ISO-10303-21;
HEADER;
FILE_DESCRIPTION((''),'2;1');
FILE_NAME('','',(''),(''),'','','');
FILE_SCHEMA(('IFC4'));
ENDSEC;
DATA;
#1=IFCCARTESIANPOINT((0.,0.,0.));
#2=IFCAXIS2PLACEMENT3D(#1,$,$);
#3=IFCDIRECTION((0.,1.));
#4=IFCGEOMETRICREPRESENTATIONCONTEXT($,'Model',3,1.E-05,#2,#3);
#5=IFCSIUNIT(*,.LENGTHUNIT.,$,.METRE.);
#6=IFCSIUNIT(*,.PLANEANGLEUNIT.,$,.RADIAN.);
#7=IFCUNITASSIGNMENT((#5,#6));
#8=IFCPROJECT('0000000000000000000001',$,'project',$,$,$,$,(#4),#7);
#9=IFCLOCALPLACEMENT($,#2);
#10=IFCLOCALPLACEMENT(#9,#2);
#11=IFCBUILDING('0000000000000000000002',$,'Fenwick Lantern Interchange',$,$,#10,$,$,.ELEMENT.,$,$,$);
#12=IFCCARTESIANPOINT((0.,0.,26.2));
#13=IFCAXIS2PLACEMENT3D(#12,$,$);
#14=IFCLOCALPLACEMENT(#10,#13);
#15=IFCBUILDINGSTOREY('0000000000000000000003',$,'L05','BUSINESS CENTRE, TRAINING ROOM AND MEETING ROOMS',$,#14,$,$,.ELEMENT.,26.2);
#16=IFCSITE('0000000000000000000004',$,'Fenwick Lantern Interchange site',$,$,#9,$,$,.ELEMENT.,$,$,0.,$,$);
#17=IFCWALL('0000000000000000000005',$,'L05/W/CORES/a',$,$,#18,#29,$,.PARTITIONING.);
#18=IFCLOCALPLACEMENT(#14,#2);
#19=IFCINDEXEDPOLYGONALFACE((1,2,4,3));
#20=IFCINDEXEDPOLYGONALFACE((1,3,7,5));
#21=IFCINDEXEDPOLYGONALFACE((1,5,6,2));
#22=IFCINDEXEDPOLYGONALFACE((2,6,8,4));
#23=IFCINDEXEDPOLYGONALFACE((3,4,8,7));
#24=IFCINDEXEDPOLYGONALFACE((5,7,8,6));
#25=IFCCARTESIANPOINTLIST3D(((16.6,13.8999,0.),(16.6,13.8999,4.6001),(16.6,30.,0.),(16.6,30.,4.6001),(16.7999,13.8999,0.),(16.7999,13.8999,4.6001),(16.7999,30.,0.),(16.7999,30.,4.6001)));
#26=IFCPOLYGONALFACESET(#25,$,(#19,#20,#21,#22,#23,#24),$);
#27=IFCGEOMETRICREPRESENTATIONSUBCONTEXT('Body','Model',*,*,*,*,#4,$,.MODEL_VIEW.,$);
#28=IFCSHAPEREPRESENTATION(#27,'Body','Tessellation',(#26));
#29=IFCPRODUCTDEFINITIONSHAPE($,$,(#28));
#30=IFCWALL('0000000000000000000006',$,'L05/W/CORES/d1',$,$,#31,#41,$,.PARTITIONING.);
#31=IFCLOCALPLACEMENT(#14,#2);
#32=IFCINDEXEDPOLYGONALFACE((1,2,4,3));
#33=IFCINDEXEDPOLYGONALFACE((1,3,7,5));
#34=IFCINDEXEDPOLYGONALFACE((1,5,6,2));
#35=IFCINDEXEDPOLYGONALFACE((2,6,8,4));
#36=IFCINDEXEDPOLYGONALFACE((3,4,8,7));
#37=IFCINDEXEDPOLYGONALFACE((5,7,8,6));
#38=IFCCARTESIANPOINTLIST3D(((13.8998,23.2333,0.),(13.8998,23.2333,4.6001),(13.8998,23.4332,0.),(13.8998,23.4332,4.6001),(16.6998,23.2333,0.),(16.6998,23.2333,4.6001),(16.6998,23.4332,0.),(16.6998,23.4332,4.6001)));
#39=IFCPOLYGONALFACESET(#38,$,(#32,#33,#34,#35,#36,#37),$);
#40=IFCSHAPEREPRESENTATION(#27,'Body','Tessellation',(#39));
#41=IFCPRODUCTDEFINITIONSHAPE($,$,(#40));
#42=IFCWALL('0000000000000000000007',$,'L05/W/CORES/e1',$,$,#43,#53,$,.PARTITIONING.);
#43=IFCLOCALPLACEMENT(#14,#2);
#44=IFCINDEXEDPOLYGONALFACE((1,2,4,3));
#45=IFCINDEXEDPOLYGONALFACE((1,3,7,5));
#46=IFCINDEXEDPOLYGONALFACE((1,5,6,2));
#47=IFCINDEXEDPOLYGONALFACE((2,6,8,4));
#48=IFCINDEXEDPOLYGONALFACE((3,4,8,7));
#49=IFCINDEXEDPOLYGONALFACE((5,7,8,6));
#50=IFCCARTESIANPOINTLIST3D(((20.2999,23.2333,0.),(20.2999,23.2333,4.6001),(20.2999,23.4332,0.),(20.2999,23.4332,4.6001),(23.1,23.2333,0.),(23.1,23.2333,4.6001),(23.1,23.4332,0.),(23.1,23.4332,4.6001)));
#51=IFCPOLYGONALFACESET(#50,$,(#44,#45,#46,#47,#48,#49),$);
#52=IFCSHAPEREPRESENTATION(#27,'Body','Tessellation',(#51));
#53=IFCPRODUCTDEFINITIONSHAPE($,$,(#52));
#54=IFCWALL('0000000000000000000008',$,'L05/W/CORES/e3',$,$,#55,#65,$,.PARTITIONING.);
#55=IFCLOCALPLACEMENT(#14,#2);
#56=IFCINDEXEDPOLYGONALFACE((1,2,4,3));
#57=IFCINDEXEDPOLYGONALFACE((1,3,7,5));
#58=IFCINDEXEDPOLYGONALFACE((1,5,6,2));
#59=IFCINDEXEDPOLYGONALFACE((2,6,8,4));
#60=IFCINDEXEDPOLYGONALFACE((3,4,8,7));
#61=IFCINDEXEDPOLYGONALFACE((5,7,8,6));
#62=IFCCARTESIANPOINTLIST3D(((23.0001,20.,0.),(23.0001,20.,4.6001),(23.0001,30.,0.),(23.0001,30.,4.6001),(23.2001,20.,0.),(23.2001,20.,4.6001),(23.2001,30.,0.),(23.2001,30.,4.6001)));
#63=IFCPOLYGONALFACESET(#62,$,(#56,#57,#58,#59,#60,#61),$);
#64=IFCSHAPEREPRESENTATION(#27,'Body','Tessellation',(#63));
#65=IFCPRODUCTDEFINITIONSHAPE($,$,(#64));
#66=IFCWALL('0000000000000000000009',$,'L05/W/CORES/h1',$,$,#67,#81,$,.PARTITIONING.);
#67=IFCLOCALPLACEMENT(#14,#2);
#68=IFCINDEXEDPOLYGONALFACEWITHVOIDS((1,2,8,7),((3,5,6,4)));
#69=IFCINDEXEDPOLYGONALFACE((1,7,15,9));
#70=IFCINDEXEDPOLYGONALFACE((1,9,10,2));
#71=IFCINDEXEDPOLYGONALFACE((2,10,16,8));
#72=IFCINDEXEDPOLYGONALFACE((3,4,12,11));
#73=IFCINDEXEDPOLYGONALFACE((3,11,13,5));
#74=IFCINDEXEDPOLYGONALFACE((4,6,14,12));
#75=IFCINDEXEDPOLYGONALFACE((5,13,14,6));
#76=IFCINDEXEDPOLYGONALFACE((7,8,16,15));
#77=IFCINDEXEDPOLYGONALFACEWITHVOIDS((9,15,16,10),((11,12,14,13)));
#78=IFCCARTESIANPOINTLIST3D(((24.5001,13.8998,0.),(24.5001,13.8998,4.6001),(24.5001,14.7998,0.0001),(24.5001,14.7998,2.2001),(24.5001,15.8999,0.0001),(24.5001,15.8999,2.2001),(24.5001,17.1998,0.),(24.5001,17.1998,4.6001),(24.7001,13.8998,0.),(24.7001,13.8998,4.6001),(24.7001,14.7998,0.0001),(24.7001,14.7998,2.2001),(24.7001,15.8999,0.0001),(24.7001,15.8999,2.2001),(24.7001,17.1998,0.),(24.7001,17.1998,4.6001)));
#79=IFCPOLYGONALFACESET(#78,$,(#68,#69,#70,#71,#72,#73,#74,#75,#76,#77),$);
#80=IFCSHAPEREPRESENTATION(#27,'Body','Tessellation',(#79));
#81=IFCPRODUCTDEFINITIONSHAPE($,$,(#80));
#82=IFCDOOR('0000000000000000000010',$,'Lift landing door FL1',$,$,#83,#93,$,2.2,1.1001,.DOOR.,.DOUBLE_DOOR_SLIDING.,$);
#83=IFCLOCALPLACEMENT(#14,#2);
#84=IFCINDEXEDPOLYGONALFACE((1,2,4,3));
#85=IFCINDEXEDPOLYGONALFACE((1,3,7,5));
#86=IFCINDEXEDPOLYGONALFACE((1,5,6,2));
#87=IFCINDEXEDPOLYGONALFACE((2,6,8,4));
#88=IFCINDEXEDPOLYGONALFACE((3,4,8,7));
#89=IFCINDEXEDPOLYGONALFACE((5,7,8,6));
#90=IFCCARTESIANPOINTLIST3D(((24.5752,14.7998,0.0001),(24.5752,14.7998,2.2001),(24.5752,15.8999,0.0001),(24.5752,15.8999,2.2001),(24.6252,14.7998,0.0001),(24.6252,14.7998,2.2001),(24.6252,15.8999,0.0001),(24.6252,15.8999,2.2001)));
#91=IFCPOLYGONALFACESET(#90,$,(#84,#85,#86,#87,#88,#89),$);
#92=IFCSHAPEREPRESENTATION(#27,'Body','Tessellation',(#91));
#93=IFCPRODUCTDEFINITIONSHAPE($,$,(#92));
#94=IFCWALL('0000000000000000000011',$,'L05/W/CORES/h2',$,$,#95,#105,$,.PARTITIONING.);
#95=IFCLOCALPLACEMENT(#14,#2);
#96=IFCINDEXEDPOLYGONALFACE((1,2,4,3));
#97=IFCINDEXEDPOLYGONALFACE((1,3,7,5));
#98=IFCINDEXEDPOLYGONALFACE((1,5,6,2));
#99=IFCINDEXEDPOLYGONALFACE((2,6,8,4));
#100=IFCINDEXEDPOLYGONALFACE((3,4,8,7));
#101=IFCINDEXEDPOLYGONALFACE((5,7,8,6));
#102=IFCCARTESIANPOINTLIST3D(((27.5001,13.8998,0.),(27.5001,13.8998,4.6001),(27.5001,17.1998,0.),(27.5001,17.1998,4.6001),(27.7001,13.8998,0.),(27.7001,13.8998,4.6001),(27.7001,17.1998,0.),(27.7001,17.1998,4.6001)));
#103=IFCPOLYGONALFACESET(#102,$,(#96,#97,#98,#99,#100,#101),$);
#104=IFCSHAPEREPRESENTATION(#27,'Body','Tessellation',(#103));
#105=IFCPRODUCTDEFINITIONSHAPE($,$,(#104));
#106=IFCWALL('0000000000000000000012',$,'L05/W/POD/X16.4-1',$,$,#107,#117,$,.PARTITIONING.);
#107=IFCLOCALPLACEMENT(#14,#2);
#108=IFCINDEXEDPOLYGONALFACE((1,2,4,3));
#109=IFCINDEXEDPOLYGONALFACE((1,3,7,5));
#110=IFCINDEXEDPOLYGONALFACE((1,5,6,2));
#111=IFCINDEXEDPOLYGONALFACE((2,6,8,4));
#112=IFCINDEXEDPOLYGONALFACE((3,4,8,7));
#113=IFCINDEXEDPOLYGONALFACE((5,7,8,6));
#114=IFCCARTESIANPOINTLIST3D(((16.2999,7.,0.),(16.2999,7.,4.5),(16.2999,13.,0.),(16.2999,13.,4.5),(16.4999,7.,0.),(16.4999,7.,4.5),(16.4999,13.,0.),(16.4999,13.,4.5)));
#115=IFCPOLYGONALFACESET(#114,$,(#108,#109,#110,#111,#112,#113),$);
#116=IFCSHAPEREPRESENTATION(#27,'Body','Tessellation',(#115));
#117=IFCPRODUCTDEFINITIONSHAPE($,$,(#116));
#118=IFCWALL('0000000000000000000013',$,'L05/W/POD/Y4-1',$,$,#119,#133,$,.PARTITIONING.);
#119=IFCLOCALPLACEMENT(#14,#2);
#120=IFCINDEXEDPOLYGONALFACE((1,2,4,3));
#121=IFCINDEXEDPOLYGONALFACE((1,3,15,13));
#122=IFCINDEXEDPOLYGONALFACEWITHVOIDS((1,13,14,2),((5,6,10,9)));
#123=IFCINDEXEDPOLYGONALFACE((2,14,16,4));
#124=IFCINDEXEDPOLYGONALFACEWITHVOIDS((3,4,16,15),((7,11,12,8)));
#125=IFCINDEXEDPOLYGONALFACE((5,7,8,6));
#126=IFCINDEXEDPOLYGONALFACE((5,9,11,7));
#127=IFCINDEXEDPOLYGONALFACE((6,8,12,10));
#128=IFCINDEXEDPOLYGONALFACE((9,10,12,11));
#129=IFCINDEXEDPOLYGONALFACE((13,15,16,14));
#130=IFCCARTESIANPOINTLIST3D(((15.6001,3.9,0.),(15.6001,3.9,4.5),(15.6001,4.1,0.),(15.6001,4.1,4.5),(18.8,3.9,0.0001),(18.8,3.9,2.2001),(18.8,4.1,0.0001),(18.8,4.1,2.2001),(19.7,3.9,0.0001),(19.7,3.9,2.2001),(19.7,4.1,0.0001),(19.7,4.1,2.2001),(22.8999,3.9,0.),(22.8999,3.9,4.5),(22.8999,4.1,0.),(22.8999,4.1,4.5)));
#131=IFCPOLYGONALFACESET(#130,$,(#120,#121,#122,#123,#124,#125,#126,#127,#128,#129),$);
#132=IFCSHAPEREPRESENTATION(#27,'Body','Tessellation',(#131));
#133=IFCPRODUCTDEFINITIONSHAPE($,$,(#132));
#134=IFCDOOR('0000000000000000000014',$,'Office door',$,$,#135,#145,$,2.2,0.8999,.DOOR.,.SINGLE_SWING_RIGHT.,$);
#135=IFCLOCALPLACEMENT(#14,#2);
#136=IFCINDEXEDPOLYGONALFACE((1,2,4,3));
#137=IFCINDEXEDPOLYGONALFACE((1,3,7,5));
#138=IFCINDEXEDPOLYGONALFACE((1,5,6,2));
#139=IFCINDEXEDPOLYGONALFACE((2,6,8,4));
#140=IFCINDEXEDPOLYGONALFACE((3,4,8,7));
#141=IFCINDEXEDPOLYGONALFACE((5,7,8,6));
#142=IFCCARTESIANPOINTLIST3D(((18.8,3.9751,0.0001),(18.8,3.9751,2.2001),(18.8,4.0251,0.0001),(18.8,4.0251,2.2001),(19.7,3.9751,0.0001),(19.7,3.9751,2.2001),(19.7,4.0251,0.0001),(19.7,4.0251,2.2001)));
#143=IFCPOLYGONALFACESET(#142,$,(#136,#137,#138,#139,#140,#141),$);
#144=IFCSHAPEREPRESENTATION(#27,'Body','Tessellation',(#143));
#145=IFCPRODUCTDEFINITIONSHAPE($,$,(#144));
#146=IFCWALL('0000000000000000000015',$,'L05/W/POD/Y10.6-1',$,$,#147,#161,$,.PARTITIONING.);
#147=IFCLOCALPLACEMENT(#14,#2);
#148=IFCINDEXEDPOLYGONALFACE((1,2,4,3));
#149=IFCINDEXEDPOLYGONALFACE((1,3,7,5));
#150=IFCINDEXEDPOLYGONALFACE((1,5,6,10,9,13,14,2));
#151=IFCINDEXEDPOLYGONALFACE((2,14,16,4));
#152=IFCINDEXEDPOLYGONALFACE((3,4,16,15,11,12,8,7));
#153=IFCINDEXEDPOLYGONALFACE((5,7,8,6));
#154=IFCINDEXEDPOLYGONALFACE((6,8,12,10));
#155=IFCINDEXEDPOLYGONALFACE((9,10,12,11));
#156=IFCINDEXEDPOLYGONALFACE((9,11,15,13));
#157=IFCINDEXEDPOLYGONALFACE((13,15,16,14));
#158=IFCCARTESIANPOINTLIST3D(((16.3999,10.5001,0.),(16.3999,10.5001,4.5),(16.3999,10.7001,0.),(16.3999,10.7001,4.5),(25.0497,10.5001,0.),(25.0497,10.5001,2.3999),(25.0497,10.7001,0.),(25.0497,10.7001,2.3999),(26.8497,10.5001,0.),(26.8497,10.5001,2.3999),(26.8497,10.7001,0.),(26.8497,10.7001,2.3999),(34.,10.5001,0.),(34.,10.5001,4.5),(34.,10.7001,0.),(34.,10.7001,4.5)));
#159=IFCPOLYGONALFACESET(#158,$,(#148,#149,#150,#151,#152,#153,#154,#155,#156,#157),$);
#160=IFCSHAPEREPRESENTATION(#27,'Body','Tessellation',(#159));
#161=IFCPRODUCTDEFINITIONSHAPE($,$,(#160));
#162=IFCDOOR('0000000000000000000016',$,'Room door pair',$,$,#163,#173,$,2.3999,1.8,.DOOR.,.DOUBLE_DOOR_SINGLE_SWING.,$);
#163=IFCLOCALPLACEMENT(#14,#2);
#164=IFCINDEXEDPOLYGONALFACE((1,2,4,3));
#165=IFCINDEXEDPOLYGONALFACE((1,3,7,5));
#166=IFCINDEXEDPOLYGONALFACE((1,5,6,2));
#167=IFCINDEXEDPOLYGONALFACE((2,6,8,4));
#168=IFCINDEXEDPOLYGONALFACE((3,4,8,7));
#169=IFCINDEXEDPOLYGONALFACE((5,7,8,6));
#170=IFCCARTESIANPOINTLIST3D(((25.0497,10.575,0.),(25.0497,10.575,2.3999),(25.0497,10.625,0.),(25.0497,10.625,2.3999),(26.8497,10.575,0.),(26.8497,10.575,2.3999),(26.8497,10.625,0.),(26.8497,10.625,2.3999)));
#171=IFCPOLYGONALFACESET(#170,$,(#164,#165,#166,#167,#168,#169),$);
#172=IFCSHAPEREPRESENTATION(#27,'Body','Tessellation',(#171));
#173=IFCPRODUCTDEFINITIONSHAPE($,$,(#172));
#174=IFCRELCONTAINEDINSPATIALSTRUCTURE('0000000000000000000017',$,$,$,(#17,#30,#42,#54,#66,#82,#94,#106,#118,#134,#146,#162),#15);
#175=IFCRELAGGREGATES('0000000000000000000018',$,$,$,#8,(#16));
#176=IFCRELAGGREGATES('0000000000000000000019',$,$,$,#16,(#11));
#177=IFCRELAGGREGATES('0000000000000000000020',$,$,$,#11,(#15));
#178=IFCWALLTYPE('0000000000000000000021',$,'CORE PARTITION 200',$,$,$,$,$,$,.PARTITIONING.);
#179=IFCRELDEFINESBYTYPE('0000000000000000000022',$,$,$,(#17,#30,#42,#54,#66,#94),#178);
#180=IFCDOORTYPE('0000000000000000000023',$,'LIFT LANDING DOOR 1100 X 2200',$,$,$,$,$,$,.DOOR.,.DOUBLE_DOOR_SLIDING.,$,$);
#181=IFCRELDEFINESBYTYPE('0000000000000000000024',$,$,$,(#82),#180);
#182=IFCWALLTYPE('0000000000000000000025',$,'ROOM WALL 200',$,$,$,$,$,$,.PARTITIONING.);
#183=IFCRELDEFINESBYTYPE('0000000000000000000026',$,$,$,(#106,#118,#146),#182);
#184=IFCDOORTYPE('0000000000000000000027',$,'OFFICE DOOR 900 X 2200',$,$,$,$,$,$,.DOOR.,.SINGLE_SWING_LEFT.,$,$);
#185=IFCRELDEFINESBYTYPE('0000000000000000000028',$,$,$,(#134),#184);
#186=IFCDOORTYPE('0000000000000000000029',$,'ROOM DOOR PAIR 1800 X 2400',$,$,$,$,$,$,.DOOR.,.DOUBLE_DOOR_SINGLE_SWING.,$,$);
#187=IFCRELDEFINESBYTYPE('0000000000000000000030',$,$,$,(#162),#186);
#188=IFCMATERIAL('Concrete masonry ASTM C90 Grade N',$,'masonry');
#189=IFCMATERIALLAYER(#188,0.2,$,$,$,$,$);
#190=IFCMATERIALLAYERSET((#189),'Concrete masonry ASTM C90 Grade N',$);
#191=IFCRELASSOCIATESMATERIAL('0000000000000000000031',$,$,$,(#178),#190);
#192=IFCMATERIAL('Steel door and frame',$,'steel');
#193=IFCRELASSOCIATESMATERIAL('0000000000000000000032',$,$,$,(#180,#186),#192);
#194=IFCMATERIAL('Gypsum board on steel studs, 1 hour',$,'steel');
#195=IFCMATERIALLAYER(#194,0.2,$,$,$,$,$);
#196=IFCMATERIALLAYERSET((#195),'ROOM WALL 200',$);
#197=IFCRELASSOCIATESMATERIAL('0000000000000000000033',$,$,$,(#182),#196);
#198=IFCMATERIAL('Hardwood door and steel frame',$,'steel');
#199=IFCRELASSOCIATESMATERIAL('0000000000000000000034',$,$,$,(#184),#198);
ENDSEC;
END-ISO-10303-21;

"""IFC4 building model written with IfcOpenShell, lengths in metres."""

from ifc_helpers import new_model, si_unit, direction, frame, frame_2d, origin, place, context, subcontext, project, spatial, rectangle, extrude, material, layer, layer_set, type_object, element, fill, save


model = new_model("IFC4")

# Units and contexts
model_context = context("Model", 3, precision=1e-05, world=origin(), true_north=direction((0.0, 1.0)))
body_context = subcontext(model_context, "Body", "Model", "MODEL_VIEW")
ifc_project = project(units=[si_unit("LENGTHUNIT", "METRE"), si_unit("PLANEANGLEUNIT", "RADIAN")], contexts=[model_context])

# Site, building, storey
site_placement = place(None, origin())
site = spatial("IfcSite", under=ifc_project, at=site_placement, Name="Fenwick Lantern Interchange site", CompositionType="ELEMENT", RefElevation=0.0)
building_placement = place(site_placement, origin())
building = spatial("IfcBuilding", under=site, at=building_placement, Name="Fenwick Lantern Interchange", CompositionType="ELEMENT")
storey_placement = place(building_placement, frame((0.0, 0.0, 26.2)))
storey = spatial("IfcBuildingStorey", under=building, at=storey_placement, Name="L05", Description="BUSINESS CENTRE, TRAINING ROOM AND MEETING ROOMS", CompositionType="ELEMENT", Elevation=26.2)

# Walls
ifc_material_1 = material(Name="Concrete masonry ASTM C90 Grade N", Category="masonry")
ifc_layer_1 = layer(ifc_material_1, 0.2)
ifc_layer_set_1 = layer_set([ifc_layer_1], Name="Concrete masonry ASTM C90 Grade N")
wall_type_1 = type_object("IfcWallType", Name="CORE PARTITION 200", PredefinedType="PARTITIONING", material=ifc_layer_set_1)
wall_1_placement = place(storey_placement, frame((16.7, 13.8999, 0.0), z_axis=(0.0, 0.0, 1.0), x_axis=(0.0, 1.0, 0.0)))
element("IfcWall", 1, at=wall_1_placement, inside=storey, type_object=wall_type_1, Name="L05/W/CORES/a", PredefinedType="PARTITIONING", context=body_context, shape_type="SweptSolid", body=[
    extrude(rectangle(XDim=16.1001, YDim=0.2, at=frame_2d((8.05, 0.0))), origin(), (0.0, 0.0, 1.0), 4.6001),
])
for number, where, z_axis, x_axis, name in (
    (2, (13.8999, 23.3333, 0.0), (0.0, 0.0, 1.0), (1.0, 0.0, 0.0), "L05/W/CORES/d1"),
    (3, (20.3, 23.3333, 0.0), (0.0, 0.0, 1.0), (1.0, 0.0, 0.0), "L05/W/CORES/e1"),
):
    element("IfcWall", number, at=place(storey_placement, frame(where, z_axis=z_axis, x_axis=x_axis)), inside=storey, type_object=wall_type_1, Name=name, PredefinedType="PARTITIONING", context=body_context, shape_type="SweptSolid", body=[
        extrude(rectangle(XDim=2.8, YDim=0.2, at=frame_2d((1.3999, 0.0))), origin(), (0.0, 0.0, 1.0), 4.6001),
    ])
wall_2_placement = place(storey_placement, frame((23.1001, 20.0, 0.0), z_axis=(0.0, 0.0, 1.0), x_axis=(0.0, 1.0, 0.0)))
element("IfcWall", 4, at=wall_2_placement, inside=storey, type_object=wall_type_1, Name="L05/W/CORES/e3", PredefinedType="PARTITIONING", context=body_context, shape_type="SweptSolid", body=[
    extrude(rectangle(XDim=10.0, YDim=0.2, at=frame_2d((5.0, 0.0))), origin(), (0.0, 0.0, 1.0), 4.6001),
])

# Wall, opening, door
wall_3_placement = place(storey_placement, frame((24.6001, 13.8999, 0.0), z_axis=(0.0, 0.0, 1.0), x_axis=(0.0, 1.0, 0.0)))
wall_3 = element("IfcWall", 5, at=wall_3_placement, inside=storey, type_object=wall_type_1, Name="L05/W/CORES/h1", PredefinedType="PARTITIONING", context=body_context, shape_type="SweptSolid", body=[
    extrude(rectangle(XDim=3.3, YDim=0.2, at=frame_2d((1.6499, 0.0))), origin(), (0.0, 0.0, 1.0), 4.6001),
])
opening_1_placement = place(wall_3_placement, frame((0.8999, 0.0, 0.0)))
opening_1 = element("IfcOpeningElement", 6, at=opening_1_placement, cuts=wall_3, PredefinedType="OPENING", context=body_context, shape_type="SweptSolid", body=[
    extrude(rectangle(XDim=1.1001, YDim=2.2, at=frame_2d((0.55, 1.1001))), frame((0.0, 0.1099, 0.0), z_axis=(0.0, -1.0, 0.0), x_axis=(1.0, 0.0, 0.0)), (0.0, 0.0, 1.0), 0.22),
])
ifc_material_2 = material(Name="Steel door and frame", Category="steel")
door_type_1 = type_object("IfcDoorType", Name="LIFT LANDING DOOR 1100 X 2200", OperationType="DOUBLE_DOOR_SLIDING", PredefinedType="DOOR", material=ifc_material_2)
door_1_placement = place(opening_1_placement, origin())
door_1 = element("IfcDoor", 7, at=door_1_placement, inside=storey, type_object=door_type_1, Name="Lift landing door FL1", OperationType="DOUBLE_DOOR_SLIDING", OverallHeight=2.2, OverallWidth=1.1001, PredefinedType="DOOR", context=body_context, shape_type="SweptSolid", body=[
    extrude(rectangle(XDim=1.1001, YDim=2.2, at=frame_2d((0.55, 1.1001))), frame((0.0, 0.0249, 0.0), z_axis=(0.0, -1.0, 0.0), x_axis=(1.0, 0.0, 0.0)), (0.0, 0.0, 1.0), 0.05),
])
fill(opening_1, door_1)

# Walls
wall_4_placement = place(storey_placement, frame((27.6001, 13.8999, 0.0), z_axis=(0.0, 0.0, 1.0), x_axis=(0.0, 1.0, 0.0)))
element("IfcWall", 8, at=wall_4_placement, inside=storey, type_object=wall_type_1, Name="L05/W/CORES/h2", PredefinedType="PARTITIONING", context=body_context, shape_type="SweptSolid", body=[
    extrude(rectangle(XDim=3.3, YDim=0.2, at=frame_2d((1.6499, 0.0))), origin(), (0.0, 0.0, 1.0), 4.6001),
])
ifc_material_3 = material(Name="Gypsum board on steel studs, 1 hour", Category="steel")
ifc_layer_2 = layer(ifc_material_3, 0.2)
ifc_layer_set_2 = layer_set([ifc_layer_2], Name="ROOM WALL 200")
wall_type_2 = type_object("IfcWallType", Name="ROOM WALL 200", PredefinedType="PARTITIONING", material=ifc_layer_set_2)
wall_5_placement = place(storey_placement, frame((16.3999, 7.0, 0.0), z_axis=(0.0, 0.0, 1.0), x_axis=(0.0, 1.0, 0.0)))
element("IfcWall", 9, at=wall_5_placement, inside=storey, type_object=wall_type_2, Name="L05/W/POD/X16.4-1", PredefinedType="PARTITIONING", context=body_context, shape_type="SweptSolid", body=[
    extrude(rectangle(XDim=6.0, YDim=0.2, at=frame_2d((3.0, 0.0))), origin(), (0.0, 0.0, 1.0), 4.5),
])

# Walls, openings, doors
wall_6_placement = place(storey_placement, frame((15.6001, 4.0, 0.0), z_axis=(0.0, 0.0, 1.0), x_axis=(1.0, 0.0, 0.0)))
wall_6 = element("IfcWall", 10, at=wall_6_placement, inside=storey, type_object=wall_type_2, Name="L05/W/POD/Y4-1", PredefinedType="PARTITIONING", context=body_context, shape_type="SweptSolid", body=[
    extrude(rectangle(XDim=7.2998, YDim=0.2, at=frame_2d((3.6499, 0.0))), origin(), (0.0, 0.0, 1.0), 4.5),
])
opening_2_placement = place(wall_6_placement, frame((3.2, 0.0, 0.0)))
opening_2 = element("IfcOpeningElement", 11, at=opening_2_placement, cuts=wall_6, PredefinedType="OPENING", context=body_context, shape_type="SweptSolid", body=[
    extrude(rectangle(XDim=0.8999, YDim=2.2, at=frame_2d((0.45, 1.1001))), frame((0.0, 0.1099, 0.0), z_axis=(0.0, -1.0, 0.0), x_axis=(1.0, 0.0, 0.0)), (0.0, 0.0, 1.0), 0.22),
])
ifc_material_4 = material(Name="Hardwood door and steel frame", Category="steel")
door_type_2 = type_object("IfcDoorType", Name="OFFICE DOOR 900 X 2200", OperationType="SINGLE_SWING_LEFT", PredefinedType="DOOR", material=ifc_material_4)
door_2_placement = place(opening_2_placement, frame((0.8999, 0.0, 0.0), z_axis=(0.0, 0.0, 1.0), x_axis=(-1.0, 0.0, 0.0)))
door_2 = element("IfcDoor", 12, at=door_2_placement, inside=storey, type_object=door_type_2, Name="Office door", OperationType="SINGLE_SWING_RIGHT", OverallHeight=2.2, OverallWidth=0.8999, PredefinedType="DOOR", context=body_context, shape_type="SweptSolid", body=[
    extrude(rectangle(XDim=0.8999, YDim=2.2, at=frame_2d((0.45, 1.1001))), frame((0.0, 0.0249, 0.0), z_axis=(0.0, -1.0, 0.0), x_axis=(1.0, 0.0, 0.0)), (0.0, 0.0, 1.0), 0.05),
])
fill(opening_2, door_2)
wall_7_placement = place(storey_placement, frame((16.3999, 10.6001, 0.0), z_axis=(0.0, 0.0, 1.0), x_axis=(1.0, 0.0, 0.0)))
wall_7 = element("IfcWall", 13, at=wall_7_placement, inside=storey, type_object=wall_type_2, Name="L05/W/POD/Y10.6-1", PredefinedType="PARTITIONING", context=body_context, shape_type="SweptSolid", body=[
    extrude(rectangle(XDim=17.6001, YDim=0.2, at=frame_2d((8.8, 0.0))), origin(), (0.0, 0.0, 1.0), 4.5),
])
opening_3_placement = place(wall_7_placement, frame((8.6499, 0.0, 0.0)))
opening_3 = element("IfcOpeningElement", 14, at=opening_3_placement, cuts=wall_7, PredefinedType="OPENING", context=body_context, shape_type="SweptSolid", body=[
    extrude(rectangle(XDim=1.8, YDim=2.3999, at=frame_2d((0.8999, 1.2))), frame((0.0, 0.1099, 0.0), z_axis=(0.0, -1.0, 0.0), x_axis=(1.0, 0.0, 0.0)), (0.0, 0.0, 1.0), 0.22),
])
door_type_3 = type_object("IfcDoorType", Name="ROOM DOOR PAIR 1800 X 2400", OperationType="DOUBLE_DOOR_SINGLE_SWING", PredefinedType="DOOR", material=ifc_material_2)
door_3_placement = place(opening_3_placement, origin())
door_3 = element("IfcDoor", 15, at=door_3_placement, inside=storey, type_object=door_type_3, Name="Room door pair", OperationType="DOUBLE_DOOR_SINGLE_SWING", OverallHeight=2.3999, OverallWidth=1.8, PredefinedType="DOOR", context=body_context, shape_type="SweptSolid", body=[
    extrude(rectangle(XDim=1.8, YDim=2.3999, at=frame_2d((0.8999, 1.2))), frame((0.0, 0.0249, 0.0), z_axis=(0.0, -1.0, 0.0), x_axis=(1.0, 0.0, 0.0)), (0.0, 0.0, 1.0), 0.05),
])
fill(opening_3, door_3)

save(model, "model.ifc")
